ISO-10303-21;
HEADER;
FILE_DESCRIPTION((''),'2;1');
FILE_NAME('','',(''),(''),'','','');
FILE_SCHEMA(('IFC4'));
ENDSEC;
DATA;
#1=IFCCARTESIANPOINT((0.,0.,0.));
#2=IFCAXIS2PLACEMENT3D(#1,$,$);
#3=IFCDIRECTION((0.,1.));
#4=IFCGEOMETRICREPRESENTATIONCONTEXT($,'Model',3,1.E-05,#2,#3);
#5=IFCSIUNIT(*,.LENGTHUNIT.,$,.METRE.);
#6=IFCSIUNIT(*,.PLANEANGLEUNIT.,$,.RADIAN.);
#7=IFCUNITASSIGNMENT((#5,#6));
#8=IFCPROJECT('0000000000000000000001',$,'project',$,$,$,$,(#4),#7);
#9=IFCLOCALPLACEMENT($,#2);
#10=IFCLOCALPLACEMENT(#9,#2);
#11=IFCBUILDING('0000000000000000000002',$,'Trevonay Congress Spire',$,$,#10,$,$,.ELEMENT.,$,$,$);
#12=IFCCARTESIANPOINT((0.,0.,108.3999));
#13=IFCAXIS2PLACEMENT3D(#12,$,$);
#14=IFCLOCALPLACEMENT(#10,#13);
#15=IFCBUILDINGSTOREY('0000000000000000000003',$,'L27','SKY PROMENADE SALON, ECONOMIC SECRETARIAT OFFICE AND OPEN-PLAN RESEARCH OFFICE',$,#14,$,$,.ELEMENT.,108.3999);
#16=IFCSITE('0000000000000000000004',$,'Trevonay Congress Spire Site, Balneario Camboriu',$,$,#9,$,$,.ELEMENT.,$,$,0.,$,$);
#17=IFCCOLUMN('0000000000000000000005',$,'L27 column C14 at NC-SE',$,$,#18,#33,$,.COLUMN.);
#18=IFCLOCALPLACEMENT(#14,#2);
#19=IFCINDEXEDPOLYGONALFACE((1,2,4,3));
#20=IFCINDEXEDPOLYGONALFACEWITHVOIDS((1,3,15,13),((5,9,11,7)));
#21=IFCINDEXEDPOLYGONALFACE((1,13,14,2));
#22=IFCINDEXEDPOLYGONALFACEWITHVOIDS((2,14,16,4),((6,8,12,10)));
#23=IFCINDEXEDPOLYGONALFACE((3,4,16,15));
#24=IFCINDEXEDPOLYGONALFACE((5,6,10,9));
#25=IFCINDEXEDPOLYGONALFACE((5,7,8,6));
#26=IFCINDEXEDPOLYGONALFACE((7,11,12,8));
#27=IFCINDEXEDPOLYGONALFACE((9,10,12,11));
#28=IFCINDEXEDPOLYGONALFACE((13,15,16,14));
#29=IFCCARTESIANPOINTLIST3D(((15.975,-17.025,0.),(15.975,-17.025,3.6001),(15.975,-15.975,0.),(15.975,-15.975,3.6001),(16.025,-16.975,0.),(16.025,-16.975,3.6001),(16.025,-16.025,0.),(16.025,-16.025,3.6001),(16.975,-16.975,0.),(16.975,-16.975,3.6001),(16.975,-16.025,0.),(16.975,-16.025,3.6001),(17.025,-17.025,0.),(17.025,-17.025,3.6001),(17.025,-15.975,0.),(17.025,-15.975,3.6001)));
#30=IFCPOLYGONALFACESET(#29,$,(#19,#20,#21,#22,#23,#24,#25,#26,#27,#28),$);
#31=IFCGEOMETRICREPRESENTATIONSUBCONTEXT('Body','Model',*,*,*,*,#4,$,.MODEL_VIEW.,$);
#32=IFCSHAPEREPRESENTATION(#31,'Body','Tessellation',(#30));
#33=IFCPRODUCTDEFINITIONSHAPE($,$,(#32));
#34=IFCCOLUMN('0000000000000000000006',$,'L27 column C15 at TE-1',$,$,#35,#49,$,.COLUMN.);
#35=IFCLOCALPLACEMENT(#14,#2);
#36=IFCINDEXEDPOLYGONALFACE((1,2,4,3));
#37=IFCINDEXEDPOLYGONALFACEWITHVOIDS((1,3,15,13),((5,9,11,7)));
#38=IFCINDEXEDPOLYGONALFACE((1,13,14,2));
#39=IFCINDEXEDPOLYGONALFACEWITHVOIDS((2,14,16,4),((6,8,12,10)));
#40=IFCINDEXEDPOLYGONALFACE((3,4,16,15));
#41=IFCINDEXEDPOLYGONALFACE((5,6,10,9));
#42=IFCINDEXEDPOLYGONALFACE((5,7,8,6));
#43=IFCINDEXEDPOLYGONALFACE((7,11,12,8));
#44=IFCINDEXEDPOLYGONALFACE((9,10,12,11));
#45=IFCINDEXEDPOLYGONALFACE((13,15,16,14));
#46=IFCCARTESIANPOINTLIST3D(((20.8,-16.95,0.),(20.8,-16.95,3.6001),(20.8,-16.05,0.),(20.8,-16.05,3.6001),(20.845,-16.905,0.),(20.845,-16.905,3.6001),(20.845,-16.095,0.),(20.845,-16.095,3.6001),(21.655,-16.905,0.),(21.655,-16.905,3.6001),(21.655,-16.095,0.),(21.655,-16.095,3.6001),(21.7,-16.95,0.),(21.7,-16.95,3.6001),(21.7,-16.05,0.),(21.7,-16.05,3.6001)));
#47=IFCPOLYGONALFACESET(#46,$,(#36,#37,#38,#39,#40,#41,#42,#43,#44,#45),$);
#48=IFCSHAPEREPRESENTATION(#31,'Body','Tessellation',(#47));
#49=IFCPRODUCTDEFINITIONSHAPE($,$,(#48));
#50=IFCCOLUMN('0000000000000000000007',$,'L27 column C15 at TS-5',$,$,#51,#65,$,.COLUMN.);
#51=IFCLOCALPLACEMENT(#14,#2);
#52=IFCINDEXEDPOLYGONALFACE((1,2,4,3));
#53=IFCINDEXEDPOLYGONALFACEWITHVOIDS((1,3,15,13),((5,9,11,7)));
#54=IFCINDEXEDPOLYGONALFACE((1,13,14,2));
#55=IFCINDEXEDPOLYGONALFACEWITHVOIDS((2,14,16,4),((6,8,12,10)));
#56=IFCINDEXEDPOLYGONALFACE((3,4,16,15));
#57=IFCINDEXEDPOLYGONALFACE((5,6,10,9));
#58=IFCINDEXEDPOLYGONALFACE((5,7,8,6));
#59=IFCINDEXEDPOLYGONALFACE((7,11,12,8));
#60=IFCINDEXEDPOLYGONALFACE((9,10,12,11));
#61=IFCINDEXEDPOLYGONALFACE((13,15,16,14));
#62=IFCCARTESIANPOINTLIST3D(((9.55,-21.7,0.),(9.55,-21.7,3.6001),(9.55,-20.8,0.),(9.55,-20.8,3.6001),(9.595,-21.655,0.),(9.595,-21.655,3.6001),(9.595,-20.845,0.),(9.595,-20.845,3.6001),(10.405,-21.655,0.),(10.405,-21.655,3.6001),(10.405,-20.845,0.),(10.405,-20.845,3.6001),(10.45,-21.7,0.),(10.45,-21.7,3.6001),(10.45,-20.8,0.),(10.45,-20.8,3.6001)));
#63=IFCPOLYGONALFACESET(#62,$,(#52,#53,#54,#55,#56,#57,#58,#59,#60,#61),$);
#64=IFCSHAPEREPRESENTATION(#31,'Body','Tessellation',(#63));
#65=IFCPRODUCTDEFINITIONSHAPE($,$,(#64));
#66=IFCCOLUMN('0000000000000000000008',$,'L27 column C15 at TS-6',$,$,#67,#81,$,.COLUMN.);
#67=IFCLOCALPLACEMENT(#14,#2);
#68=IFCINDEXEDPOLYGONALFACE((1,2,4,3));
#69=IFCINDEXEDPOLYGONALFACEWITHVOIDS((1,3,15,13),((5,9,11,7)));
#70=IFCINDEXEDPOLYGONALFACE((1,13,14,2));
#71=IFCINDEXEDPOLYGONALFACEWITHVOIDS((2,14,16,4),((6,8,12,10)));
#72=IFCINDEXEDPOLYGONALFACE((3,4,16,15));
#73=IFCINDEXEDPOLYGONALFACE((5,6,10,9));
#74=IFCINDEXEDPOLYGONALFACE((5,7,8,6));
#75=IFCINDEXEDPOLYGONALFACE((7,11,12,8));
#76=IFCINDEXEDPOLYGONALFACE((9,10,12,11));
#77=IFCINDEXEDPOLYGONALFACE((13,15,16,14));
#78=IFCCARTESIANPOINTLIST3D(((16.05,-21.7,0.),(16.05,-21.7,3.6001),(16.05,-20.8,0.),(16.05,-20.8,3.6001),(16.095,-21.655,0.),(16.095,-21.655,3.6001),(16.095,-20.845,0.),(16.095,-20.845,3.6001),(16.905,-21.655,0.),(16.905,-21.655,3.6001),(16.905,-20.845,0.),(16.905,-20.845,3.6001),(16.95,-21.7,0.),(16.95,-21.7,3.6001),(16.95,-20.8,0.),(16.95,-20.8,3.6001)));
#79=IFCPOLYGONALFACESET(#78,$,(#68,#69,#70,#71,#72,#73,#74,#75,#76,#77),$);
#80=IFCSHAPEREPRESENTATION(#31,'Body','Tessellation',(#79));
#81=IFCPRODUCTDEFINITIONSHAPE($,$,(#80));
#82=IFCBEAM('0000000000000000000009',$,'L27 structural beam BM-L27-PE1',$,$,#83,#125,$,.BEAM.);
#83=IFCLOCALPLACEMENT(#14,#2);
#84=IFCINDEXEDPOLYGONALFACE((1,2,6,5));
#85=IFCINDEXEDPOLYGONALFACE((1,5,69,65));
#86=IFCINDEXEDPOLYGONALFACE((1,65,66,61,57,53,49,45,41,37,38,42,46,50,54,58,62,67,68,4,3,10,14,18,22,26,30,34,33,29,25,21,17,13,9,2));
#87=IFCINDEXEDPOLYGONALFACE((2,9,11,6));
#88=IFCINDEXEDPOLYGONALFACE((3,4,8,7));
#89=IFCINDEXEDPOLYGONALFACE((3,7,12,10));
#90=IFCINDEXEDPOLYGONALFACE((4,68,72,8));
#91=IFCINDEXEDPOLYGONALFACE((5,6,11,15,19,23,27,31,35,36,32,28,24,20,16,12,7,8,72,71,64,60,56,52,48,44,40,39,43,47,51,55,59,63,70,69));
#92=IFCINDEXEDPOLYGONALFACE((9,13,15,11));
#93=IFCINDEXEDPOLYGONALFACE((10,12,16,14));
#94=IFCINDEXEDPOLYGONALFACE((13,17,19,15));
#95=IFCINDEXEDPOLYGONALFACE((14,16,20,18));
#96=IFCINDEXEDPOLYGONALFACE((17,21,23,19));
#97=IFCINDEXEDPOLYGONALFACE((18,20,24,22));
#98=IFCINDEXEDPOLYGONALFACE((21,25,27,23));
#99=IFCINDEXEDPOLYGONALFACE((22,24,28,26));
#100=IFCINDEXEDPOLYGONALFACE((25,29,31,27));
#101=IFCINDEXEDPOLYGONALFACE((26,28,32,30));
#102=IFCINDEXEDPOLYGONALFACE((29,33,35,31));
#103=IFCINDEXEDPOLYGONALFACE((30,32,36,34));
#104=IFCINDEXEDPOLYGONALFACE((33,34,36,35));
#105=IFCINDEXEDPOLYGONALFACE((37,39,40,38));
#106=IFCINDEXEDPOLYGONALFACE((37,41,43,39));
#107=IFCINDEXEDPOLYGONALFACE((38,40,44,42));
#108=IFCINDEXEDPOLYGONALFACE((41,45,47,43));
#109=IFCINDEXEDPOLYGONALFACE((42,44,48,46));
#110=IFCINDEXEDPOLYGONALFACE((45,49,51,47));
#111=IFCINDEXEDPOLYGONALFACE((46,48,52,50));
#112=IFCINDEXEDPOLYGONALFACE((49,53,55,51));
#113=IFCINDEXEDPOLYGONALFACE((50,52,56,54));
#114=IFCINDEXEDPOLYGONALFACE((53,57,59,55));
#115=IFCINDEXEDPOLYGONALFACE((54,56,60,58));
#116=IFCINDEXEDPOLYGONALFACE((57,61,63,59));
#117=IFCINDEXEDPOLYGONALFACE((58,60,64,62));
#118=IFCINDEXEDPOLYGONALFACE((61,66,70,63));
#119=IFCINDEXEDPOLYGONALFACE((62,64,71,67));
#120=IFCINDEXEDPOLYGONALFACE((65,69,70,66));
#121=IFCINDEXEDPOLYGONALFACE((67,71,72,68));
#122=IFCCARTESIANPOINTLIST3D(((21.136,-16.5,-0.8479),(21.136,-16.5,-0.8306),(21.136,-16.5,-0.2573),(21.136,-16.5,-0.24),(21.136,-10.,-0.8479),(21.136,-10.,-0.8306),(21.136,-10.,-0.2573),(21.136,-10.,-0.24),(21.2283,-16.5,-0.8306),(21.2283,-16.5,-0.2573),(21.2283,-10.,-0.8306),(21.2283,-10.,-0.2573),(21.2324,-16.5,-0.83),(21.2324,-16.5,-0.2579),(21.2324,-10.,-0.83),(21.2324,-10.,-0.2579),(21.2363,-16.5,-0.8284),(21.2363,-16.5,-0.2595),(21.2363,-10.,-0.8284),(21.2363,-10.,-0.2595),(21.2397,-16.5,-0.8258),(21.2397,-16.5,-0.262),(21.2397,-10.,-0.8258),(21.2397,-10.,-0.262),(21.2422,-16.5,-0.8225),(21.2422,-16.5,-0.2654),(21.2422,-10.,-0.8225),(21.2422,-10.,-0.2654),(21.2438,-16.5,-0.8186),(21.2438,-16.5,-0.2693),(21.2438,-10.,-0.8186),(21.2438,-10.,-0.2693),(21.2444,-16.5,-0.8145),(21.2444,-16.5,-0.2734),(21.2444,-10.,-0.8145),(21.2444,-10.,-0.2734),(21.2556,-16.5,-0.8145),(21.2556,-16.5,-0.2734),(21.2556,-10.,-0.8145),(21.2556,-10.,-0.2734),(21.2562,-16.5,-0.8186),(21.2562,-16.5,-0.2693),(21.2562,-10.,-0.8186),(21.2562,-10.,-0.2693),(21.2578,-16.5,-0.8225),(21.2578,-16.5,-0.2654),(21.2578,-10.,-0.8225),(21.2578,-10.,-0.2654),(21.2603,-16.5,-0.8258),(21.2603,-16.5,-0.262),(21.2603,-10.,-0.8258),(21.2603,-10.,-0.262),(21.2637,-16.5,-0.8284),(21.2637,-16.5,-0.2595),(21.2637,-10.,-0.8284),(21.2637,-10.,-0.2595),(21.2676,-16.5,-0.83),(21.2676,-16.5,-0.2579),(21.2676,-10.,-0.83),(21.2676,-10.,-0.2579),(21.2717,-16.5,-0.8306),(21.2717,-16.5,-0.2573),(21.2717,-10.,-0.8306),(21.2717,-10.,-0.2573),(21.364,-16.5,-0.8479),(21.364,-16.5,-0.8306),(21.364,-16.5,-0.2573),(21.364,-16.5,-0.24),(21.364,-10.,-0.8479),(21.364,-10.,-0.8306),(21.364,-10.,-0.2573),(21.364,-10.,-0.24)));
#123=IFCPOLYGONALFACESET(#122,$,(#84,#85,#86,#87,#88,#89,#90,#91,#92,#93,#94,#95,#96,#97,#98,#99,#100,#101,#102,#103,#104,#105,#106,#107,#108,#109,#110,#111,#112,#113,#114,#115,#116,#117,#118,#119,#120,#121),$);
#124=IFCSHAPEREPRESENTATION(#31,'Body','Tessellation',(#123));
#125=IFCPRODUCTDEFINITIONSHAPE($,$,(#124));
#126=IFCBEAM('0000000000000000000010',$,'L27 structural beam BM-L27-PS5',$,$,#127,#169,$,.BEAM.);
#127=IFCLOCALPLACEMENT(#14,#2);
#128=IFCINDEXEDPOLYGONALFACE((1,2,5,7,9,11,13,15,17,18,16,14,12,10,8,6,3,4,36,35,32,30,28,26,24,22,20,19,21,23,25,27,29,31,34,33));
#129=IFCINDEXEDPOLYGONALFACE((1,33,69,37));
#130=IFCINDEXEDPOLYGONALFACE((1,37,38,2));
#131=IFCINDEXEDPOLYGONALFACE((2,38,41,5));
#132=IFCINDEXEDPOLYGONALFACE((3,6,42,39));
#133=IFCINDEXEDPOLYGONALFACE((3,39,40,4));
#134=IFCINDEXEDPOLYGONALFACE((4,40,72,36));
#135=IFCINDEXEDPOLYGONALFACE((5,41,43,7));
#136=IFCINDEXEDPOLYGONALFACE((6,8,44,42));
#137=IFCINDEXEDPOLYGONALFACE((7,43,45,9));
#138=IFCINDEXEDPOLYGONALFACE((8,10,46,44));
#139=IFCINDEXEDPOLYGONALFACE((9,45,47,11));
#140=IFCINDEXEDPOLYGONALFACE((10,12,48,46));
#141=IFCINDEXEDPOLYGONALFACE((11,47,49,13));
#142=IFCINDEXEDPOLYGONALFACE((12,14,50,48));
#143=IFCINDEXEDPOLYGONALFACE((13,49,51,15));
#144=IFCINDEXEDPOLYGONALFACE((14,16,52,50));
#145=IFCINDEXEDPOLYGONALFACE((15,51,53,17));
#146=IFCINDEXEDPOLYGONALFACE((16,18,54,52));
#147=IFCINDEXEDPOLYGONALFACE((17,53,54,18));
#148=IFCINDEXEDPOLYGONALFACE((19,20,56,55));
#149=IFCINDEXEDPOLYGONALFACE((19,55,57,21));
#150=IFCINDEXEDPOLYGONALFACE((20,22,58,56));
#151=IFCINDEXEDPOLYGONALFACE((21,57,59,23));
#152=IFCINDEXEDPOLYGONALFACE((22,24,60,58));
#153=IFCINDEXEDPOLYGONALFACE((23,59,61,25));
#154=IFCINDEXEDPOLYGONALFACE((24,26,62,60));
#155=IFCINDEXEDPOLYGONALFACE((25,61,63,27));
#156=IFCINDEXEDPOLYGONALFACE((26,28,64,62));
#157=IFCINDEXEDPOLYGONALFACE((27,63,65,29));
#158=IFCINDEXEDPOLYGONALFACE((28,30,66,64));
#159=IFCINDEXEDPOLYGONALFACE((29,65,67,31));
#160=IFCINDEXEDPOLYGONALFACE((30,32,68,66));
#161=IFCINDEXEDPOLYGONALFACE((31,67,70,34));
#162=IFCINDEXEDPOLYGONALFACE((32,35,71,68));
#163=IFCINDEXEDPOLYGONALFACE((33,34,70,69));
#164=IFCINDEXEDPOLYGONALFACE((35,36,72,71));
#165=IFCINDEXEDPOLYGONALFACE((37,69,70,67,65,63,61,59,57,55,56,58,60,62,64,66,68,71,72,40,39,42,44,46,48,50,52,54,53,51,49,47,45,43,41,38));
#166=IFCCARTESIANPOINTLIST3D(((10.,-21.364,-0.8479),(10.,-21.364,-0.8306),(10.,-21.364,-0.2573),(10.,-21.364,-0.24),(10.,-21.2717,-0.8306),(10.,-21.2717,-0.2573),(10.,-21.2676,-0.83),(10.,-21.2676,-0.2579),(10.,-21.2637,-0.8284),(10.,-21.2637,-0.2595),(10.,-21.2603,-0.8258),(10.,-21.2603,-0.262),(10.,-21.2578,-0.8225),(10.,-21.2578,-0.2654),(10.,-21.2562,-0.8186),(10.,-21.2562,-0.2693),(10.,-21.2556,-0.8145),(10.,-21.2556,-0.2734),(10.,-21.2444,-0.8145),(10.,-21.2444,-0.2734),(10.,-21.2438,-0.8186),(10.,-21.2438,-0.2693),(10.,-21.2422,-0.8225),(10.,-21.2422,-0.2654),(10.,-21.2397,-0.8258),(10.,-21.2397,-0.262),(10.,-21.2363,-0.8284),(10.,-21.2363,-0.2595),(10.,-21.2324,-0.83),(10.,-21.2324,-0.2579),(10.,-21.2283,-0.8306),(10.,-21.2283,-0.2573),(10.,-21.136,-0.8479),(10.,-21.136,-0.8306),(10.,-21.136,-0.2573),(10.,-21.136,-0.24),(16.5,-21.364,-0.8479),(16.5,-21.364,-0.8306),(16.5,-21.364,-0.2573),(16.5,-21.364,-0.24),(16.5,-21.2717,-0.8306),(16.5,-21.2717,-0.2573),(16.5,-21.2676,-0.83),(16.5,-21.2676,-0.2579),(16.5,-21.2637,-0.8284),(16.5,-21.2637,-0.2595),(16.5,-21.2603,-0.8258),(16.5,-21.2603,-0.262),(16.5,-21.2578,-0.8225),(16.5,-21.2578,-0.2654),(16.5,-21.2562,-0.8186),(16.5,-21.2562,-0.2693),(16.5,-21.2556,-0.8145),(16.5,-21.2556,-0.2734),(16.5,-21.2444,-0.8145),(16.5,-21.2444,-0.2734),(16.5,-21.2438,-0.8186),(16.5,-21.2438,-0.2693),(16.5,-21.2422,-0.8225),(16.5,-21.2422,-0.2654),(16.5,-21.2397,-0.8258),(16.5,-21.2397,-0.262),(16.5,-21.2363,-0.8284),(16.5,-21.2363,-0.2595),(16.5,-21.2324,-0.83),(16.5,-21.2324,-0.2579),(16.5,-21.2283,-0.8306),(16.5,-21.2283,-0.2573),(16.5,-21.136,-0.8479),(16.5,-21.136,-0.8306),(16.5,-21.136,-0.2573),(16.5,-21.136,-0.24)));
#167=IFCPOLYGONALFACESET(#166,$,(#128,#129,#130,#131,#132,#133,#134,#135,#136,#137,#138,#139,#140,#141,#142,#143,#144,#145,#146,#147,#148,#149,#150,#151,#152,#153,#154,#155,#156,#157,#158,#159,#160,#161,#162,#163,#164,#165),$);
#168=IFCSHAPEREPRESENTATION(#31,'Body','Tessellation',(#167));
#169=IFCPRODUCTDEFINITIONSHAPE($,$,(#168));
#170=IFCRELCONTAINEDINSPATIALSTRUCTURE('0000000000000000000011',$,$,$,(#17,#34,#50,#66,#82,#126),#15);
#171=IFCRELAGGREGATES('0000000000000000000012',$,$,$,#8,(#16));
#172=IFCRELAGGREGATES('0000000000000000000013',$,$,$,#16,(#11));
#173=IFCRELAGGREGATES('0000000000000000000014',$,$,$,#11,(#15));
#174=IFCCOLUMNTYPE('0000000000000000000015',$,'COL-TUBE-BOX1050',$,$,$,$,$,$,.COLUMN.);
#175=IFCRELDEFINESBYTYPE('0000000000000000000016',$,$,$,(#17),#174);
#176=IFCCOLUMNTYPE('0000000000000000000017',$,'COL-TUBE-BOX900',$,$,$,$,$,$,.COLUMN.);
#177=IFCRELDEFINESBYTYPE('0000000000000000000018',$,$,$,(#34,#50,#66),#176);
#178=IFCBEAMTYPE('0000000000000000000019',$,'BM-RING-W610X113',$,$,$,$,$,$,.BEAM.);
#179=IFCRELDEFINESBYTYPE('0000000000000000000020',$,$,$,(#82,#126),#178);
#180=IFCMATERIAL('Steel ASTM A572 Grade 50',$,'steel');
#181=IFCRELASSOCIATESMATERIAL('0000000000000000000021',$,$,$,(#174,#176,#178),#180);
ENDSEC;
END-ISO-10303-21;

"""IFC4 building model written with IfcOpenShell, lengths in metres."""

from ifc_helpers import new_model, si_unit, direction, frame, origin, origin_2d, place, context, subcontext, project, spatial, hollow_rectangle, i_section, extrude, material, material_profile, profile_set, type_object, element, save


model = new_model("IFC4")

# Units and contexts
model_context = context("Model", 3, precision=1e-05, world=origin(), true_north=direction((0.0, 1.0)))
body_context = subcontext(model_context, "Body", "Model", "MODEL_VIEW")
ifc_project = project(units=[si_unit("LENGTHUNIT", "METRE"), si_unit("PLANEANGLEUNIT", "RADIAN")], contexts=[model_context])

# Site, building, storey
site_placement = place(None, origin())
site = spatial("IfcSite", under=ifc_project, at=site_placement, Name="Trevonay Congress Spire Site, Balneario Camboriu", CompositionType="ELEMENT", RefElevation=0.0)
building_placement = place(site_placement, origin())
building = spatial("IfcBuilding", under=site, at=building_placement, Name="Trevonay Congress Spire", CompositionType="ELEMENT")
storey_placement = place(building_placement, frame((0.0, 0.0, 108.3999)))
storey = spatial("IfcBuildingStorey", under=building, at=storey_placement, Name="L27", Description="SKY PROMENADE SALON, ECONOMIC SECRETARIAT OFFICE AND OPEN-PLAN RESEARCH OFFICE", CompositionType="ELEMENT", Elevation=108.3999)

# Columns
ifc_material_1 = material(Name="Steel ASTM A572 Grade 50", Category="steel")
ifc_material_profile_1 = material_profile(ifc_material_1, hollow_rectangle(XDim=1.05, YDim=1.05, WallThickness=0.05, at=origin_2d()), Name="BOX 1050x1050x50")
ifc_profile_set_1 = profile_set([ifc_material_profile_1], Name="Steel ASTM A572 Grade 50")
column_type_1 = type_object("IfcColumnType", Name="COL-TUBE-BOX1050", PredefinedType="COLUMN", material=ifc_profile_set_1)
column_placement = place(storey_placement, frame((16.5, -16.5, 0.0), z_axis=(0.0, 0.0, 1.0), x_axis=(1.0, 0.0, 0.0)))
element("IfcColumn", 1, at=column_placement, inside=storey, type_object=column_type_1, Name="L27 column C14 at NC-SE", PredefinedType="COLUMN", context=body_context, shape_type="SweptSolid", body=[
    extrude(hollow_rectangle(XDim=1.05, YDim=1.05, WallThickness=0.05, at=origin_2d()), origin(), (0.0, 0.0, 1.0), 3.6001),
])
ifc_material_profile_2 = material_profile(ifc_material_1, hollow_rectangle(XDim=0.8999, YDim=0.8999, WallThickness=0.0449, at=origin_2d()), Name="BOX 900x900x45")
ifc_profile_set_2 = profile_set([ifc_material_profile_2], Name="Steel ASTM A572 Grade 50")
column_type_2 = type_object("IfcColumnType", Name="COL-TUBE-BOX900", PredefinedType="COLUMN", material=ifc_profile_set_2)
for number, where, z_axis, x_axis, name in (
    (2, (21.25, -16.5, 0.0), (0.0, 0.0, 1.0), (1.0, 0.0, 0.0), "L27 column C15 at TE-1"),
    (3, (10.0, -21.25, 0.0), (0.0, 0.0, 1.0), (1.0, 0.0, 0.0), "L27 column C15 at TS-5"),
    (4, (16.5, -21.25, 0.0), (0.0, 0.0, 1.0), (1.0, 0.0, 0.0), "L27 column C15 at TS-6"),
):
    element("IfcColumn", number, at=place(storey_placement, frame(where, z_axis=z_axis, x_axis=x_axis)), inside=storey, type_object=column_type_2, Name=name, PredefinedType="COLUMN", context=body_context, shape_type="SweptSolid", body=[
        extrude(hollow_rectangle(XDim=0.8999, YDim=0.8999, WallThickness=0.0449, at=origin_2d()), origin(), (0.0, 0.0, 1.0), 3.6001),
    ])

# Beams
ifc_material_profile_3 = material_profile(ifc_material_1, i_section(OverallWidth=0.228, OverallDepth=0.6079, WebThickness=0.0112, FlangeThickness=0.0173, FilletRadius=0.0161, at=origin_2d()), Name="W610x113")
ifc_profile_set_3 = profile_set([ifc_material_profile_3], Name="Steel ASTM A572 Grade 50")
beam_type_1 = type_object("IfcBeamType", Name="BM-RING-W610X113", PredefinedType="BEAM", material=ifc_profile_set_3)
for number, where, z_axis, x_axis, name in (
    (5, (21.25, -16.5, -0.5439), (0.0, 1.0, 0.0), (-1.0, 0.0, 0.0), "L27 structural beam BM-L27-PE1"),
    (6, (10.0, -21.25, -0.5439), (1.0, 0.0, 0.0), (0.0, 1.0, 0.0), "L27 structural beam BM-L27-PS5"),
):
    element("IfcBeam", number, at=place(storey_placement, frame(where, z_axis=z_axis, x_axis=x_axis)), inside=storey, type_object=beam_type_1, Name=name, PredefinedType="BEAM", context=body_context, shape_type="SweptSolid", body=[
        extrude(i_section(OverallWidth=0.228, OverallDepth=0.6079, WebThickness=0.0112, FlangeThickness=0.0173, FilletRadius=0.0161, at=origin_2d()), origin(), (0.0, 0.0, 1.0), 6.5),
    ])

save(model, "model.ifc")
